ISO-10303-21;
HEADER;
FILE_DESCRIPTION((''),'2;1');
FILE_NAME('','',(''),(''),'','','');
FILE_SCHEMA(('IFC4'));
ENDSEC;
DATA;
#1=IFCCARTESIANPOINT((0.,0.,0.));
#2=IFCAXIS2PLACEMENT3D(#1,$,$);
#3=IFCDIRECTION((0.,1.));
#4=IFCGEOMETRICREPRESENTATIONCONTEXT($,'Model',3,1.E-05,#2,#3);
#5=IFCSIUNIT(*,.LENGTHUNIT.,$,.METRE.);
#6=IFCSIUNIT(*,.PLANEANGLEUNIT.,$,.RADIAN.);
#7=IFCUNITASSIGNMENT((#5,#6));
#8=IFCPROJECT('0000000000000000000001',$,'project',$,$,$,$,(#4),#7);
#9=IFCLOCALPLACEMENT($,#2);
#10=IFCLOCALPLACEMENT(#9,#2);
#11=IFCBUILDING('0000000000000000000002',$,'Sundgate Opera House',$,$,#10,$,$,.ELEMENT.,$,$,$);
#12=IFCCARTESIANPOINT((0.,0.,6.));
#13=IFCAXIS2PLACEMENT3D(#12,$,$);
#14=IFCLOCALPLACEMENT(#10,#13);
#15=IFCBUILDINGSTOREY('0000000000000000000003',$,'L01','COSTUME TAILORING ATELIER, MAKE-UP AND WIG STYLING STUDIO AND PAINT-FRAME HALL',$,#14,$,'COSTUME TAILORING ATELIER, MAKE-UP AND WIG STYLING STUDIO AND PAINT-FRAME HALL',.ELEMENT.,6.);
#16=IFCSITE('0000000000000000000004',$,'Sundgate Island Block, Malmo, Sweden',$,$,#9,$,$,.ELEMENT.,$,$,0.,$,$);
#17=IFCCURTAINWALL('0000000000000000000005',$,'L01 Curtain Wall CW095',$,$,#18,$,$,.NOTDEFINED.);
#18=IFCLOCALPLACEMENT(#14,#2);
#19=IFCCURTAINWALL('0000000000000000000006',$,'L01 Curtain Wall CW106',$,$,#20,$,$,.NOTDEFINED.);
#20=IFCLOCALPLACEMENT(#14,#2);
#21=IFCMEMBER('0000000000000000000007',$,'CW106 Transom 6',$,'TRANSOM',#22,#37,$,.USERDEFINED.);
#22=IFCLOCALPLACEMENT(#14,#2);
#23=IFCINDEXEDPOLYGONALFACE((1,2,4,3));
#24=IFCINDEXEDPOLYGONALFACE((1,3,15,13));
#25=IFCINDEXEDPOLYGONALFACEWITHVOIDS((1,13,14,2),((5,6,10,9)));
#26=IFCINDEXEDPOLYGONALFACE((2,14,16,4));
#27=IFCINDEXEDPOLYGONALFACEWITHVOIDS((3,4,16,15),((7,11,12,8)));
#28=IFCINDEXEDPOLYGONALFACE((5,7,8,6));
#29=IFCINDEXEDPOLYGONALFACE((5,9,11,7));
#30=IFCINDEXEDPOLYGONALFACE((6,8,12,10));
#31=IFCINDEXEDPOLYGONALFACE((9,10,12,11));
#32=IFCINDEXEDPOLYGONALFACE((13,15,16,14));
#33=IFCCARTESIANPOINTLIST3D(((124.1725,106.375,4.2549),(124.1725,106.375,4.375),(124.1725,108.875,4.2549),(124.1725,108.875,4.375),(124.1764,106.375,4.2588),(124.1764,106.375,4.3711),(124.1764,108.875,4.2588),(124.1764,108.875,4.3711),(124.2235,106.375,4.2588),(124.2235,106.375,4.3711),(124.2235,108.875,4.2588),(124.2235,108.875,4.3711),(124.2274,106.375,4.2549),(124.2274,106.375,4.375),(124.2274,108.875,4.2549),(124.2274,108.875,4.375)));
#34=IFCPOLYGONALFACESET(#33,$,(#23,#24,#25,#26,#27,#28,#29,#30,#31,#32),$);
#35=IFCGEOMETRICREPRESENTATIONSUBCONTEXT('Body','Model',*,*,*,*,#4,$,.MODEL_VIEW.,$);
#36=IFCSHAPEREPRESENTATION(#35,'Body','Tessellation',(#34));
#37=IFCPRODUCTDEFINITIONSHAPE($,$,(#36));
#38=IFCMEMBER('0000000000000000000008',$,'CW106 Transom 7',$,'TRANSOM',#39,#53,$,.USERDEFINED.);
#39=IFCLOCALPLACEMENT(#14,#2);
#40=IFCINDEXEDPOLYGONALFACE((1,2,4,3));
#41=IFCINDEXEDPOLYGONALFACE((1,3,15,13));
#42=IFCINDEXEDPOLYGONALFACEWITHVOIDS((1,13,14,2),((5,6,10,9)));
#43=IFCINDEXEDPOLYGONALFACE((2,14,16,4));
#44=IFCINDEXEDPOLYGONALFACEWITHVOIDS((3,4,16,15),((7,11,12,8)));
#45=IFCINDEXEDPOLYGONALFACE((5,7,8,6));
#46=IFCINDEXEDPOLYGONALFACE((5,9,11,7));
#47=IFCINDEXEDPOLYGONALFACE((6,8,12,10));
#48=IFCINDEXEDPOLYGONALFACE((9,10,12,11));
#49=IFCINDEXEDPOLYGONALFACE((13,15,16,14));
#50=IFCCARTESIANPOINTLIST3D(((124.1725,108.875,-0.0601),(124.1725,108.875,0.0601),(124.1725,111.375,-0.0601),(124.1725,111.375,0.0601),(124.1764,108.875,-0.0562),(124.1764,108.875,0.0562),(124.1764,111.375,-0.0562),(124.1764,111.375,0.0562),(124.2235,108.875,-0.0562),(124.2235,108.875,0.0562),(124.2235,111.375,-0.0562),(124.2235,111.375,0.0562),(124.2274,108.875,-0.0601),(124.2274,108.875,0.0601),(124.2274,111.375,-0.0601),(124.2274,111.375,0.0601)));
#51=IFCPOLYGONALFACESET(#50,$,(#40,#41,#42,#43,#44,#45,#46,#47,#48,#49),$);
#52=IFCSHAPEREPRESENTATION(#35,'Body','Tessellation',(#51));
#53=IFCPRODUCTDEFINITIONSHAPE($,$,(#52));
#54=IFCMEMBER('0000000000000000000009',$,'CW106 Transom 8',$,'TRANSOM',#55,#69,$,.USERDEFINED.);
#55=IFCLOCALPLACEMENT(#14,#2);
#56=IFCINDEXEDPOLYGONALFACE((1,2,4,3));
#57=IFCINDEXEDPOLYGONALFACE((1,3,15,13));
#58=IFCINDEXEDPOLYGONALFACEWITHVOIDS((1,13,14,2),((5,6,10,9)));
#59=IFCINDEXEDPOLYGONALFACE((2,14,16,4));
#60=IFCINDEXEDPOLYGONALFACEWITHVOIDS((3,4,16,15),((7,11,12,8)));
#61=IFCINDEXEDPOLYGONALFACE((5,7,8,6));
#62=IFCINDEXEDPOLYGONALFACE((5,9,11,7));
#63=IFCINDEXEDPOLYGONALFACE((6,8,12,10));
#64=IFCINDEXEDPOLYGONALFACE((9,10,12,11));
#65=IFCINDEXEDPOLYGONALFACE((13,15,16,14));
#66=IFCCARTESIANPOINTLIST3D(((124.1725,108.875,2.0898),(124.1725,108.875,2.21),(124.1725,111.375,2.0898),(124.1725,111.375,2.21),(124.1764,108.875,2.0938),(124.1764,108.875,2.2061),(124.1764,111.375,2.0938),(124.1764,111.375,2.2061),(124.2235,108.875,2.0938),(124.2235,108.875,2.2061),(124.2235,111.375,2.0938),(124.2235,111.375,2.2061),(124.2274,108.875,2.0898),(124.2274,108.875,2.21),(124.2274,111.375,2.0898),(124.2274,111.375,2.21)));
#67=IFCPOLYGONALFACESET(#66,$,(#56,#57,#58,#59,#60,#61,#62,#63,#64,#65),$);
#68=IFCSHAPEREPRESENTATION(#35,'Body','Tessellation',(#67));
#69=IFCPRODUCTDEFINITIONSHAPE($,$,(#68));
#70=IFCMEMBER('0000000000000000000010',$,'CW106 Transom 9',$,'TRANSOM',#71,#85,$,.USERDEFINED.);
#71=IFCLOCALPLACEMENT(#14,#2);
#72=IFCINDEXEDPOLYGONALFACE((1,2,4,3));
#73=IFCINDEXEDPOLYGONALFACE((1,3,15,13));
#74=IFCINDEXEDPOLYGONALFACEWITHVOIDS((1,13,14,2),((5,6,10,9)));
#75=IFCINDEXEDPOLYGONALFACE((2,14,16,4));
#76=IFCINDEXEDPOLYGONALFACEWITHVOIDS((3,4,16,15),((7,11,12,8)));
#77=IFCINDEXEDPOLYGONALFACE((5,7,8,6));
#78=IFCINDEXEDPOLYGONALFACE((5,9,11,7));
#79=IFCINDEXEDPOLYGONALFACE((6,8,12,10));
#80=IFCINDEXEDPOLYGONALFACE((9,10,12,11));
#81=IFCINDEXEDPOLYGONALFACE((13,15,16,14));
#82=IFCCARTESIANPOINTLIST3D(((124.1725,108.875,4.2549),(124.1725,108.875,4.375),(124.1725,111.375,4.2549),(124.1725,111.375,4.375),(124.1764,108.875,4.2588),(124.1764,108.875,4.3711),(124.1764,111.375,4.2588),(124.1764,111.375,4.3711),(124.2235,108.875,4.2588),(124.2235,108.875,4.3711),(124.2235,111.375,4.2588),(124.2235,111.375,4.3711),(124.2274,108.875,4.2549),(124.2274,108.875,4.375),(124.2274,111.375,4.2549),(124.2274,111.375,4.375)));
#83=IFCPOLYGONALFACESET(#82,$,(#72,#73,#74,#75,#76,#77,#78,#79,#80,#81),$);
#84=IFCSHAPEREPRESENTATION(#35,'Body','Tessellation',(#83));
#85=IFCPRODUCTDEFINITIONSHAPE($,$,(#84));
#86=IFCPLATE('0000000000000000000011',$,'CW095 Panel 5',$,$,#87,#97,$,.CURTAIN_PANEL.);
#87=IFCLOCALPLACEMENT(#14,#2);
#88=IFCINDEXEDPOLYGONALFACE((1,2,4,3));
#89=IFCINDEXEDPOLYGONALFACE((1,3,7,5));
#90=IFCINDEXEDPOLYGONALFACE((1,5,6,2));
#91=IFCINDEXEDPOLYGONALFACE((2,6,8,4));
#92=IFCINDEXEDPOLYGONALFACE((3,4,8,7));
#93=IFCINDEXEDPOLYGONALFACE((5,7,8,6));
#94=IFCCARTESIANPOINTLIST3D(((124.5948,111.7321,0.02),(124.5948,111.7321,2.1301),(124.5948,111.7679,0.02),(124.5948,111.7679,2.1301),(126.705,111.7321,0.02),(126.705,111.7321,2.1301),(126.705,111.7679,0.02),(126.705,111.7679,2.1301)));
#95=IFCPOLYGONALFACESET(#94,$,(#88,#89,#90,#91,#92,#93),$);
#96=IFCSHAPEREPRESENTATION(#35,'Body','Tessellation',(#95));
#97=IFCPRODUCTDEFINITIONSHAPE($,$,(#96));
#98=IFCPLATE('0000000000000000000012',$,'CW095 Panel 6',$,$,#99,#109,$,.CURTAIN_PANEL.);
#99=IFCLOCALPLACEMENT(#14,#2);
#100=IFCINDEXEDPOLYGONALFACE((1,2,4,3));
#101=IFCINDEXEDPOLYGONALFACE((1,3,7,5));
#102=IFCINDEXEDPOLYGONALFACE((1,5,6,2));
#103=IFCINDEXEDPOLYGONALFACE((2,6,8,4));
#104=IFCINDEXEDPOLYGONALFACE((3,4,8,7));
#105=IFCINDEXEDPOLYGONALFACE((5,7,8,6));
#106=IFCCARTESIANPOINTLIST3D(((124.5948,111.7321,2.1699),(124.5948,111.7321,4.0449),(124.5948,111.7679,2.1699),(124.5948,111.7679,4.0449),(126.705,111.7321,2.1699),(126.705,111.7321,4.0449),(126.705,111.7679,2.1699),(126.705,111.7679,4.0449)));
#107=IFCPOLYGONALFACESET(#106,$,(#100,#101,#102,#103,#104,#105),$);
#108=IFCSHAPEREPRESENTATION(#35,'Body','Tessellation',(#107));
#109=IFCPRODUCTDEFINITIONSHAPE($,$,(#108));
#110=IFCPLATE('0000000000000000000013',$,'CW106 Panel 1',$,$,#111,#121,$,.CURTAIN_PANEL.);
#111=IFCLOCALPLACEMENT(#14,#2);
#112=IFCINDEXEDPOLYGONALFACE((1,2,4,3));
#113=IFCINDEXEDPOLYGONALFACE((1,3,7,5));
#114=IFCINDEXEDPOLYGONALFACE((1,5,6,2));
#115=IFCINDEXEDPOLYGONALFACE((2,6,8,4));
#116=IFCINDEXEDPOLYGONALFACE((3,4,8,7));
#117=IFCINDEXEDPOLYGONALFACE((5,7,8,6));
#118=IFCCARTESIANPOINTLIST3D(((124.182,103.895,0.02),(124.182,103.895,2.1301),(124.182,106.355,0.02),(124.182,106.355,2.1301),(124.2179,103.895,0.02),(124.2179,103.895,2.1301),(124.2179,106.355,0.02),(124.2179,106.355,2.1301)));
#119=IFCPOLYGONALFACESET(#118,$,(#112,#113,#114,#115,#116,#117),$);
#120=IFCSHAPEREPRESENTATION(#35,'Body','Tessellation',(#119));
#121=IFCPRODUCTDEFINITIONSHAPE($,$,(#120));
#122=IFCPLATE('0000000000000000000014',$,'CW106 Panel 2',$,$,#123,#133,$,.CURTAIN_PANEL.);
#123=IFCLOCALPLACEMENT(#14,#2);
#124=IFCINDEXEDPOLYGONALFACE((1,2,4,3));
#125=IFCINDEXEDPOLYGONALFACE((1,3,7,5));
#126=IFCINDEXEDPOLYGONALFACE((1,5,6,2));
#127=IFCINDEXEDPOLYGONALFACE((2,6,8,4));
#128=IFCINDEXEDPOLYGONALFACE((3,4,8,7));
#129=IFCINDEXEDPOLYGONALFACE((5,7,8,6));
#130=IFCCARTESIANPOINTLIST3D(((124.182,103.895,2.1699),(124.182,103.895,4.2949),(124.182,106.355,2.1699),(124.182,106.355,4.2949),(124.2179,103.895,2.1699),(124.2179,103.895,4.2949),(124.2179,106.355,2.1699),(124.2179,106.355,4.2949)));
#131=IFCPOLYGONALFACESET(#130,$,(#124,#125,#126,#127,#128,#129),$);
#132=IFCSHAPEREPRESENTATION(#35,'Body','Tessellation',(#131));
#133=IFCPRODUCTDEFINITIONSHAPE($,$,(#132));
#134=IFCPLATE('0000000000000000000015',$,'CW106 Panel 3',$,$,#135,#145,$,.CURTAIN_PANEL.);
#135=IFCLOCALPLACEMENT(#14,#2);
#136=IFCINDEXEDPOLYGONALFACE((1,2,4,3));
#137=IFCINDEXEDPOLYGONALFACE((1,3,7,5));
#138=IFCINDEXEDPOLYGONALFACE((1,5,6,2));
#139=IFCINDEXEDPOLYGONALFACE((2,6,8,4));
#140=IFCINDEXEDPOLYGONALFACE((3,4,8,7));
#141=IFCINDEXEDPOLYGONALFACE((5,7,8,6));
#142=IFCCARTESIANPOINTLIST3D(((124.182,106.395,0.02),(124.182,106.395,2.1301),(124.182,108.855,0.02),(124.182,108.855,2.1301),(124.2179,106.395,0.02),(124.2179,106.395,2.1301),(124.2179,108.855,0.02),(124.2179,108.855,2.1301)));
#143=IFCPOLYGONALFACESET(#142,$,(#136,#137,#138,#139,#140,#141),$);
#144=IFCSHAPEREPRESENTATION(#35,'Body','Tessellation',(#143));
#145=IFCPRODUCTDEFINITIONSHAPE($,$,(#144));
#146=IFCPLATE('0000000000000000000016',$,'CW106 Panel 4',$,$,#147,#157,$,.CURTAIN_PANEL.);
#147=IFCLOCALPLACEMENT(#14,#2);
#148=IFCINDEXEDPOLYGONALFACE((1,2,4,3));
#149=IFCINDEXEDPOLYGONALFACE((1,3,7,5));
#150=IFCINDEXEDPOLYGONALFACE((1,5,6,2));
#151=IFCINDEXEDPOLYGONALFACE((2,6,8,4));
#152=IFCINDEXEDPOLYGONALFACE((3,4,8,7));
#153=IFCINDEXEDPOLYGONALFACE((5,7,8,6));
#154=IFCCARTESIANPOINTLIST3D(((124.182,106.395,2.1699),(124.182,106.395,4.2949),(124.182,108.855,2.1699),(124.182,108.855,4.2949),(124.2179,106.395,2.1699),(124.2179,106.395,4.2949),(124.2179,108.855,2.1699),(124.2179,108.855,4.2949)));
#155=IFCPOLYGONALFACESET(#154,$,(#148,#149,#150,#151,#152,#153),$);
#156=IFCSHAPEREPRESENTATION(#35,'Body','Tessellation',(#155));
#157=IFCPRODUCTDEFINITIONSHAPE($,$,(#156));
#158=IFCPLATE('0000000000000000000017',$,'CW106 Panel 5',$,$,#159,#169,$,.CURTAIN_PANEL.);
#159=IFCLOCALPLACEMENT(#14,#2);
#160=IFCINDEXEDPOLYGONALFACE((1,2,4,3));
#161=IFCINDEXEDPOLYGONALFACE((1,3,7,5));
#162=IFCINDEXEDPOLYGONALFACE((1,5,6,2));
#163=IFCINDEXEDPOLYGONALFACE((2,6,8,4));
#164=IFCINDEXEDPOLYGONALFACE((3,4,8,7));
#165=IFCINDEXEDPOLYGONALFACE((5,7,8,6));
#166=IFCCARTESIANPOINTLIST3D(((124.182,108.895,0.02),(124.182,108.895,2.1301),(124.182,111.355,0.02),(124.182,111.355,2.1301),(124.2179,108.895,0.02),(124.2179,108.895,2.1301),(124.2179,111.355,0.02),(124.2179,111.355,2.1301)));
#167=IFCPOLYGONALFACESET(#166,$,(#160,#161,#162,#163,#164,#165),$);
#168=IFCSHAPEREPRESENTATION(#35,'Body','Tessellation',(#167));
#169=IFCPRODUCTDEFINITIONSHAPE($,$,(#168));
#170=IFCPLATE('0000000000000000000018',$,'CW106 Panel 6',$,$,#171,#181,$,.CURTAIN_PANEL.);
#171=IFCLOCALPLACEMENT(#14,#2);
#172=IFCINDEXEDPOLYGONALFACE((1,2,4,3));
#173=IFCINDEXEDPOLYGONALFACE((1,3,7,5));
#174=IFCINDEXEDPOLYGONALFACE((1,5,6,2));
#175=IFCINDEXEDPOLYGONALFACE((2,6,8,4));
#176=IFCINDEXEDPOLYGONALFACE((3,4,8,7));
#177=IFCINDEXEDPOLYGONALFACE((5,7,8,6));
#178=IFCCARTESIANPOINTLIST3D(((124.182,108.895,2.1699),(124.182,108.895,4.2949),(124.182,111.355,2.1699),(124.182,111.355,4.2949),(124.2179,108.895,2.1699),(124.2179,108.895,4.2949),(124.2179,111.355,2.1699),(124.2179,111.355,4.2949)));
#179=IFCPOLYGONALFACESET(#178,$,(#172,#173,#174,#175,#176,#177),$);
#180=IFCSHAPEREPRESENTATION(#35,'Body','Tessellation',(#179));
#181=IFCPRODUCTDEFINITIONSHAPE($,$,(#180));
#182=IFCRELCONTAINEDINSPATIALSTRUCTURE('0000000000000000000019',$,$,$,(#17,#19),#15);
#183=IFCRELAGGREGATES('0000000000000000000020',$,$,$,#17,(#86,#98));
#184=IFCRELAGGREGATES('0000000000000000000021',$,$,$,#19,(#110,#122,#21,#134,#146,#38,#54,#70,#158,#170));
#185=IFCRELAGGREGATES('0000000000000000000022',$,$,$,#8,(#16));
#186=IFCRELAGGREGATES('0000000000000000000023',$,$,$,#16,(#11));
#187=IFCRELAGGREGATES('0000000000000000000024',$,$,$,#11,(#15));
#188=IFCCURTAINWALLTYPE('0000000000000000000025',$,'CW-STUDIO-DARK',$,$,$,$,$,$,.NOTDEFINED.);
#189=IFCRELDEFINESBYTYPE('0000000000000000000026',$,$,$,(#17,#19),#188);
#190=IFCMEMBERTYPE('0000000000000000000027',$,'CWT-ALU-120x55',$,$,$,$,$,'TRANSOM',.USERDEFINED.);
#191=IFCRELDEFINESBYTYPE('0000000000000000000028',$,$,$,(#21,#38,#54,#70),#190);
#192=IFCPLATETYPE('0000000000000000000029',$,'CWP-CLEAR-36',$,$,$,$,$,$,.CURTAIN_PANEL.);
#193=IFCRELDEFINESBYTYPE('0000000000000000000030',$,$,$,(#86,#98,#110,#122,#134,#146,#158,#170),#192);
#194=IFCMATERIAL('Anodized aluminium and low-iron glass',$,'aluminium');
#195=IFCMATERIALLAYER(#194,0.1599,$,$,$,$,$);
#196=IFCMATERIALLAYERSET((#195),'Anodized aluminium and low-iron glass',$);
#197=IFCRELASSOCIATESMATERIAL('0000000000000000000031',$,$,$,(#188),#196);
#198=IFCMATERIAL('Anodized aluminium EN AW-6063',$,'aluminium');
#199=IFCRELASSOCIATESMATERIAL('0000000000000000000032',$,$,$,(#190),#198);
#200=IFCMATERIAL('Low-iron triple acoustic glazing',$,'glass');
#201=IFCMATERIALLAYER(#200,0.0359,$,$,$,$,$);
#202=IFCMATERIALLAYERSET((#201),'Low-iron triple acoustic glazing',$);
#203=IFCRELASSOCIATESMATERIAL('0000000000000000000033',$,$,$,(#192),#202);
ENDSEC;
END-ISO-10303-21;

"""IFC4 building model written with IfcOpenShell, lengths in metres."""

from ifc_helpers import new_model, si_unit, direction, frame, origin, origin_2d, place, context, subcontext, project, spatial, rectangle, hollow_rectangle, extrude, material, layer, layer_set, material_profile, profile_set, type_object, element, aggregate, save


model = new_model("IFC4")

# Units and contexts
model_context = context("Model", 3, precision=1e-05, world=origin(), true_north=direction((0.0, 1.0)))
body_context = subcontext(model_context, "Body", "Model", "MODEL_VIEW")
ifc_project = project(units=[si_unit("LENGTHUNIT", "METRE"), si_unit("PLANEANGLEUNIT", "RADIAN")], contexts=[model_context])

# Site, building, storey
site_placement = place(None, origin())
site = spatial("IfcSite", under=ifc_project, at=site_placement, Name="Sundgate Island Block, Malmo, Sweden", CompositionType="ELEMENT", RefElevation=0.0)
building_placement = place(site_placement, origin())
building = spatial("IfcBuilding", under=site, at=building_placement, Name="Sundgate Opera House", CompositionType="ELEMENT")
storey_placement = place(building_placement, frame((0.0, 0.0, 6.0)))
storey = spatial("IfcBuildingStorey", under=building, at=storey_placement, Name="L01", Description="COSTUME TAILORING ATELIER, MAKE-UP AND WIG STYLING STUDIO AND PAINT-FRAME HALL", LongName="COSTUME TAILORING ATELIER, MAKE-UP AND WIG STYLING STUDIO AND PAINT-FRAME HALL", CompositionType="ELEMENT", Elevation=6.0)

# Curtain walls, members
ifc_material_1 = material(Name="Anodized aluminium and low-iron glass", Category="aluminium")
ifc_layer_1 = layer(ifc_material_1, 0.1599)
ifc_layer_set_1 = layer_set([ifc_layer_1], Name="Anodized aluminium and low-iron glass")
curtain_wall_type = type_object("IfcCurtainWallType", Name="CW-STUDIO-DARK", PredefinedType="NOTDEFINED", material=ifc_layer_set_1)
curtain_wall_1_placement = place(storey_placement, origin())
curtain_wall_1 = element("IfcCurtainWall", 1, at=curtain_wall_1_placement, inside=storey, type_object=curtain_wall_type, Name="L01 Curtain Wall CW095", PredefinedType="NOTDEFINED")
curtain_wall_2_placement = place(storey_placement, origin())
curtain_wall_2 = element("IfcCurtainWall", 2, at=curtain_wall_2_placement, inside=storey, type_object=curtain_wall_type, Name="L01 Curtain Wall CW106", PredefinedType="NOTDEFINED")
ifc_material_2 = material(Name="Anodized aluminium EN AW-6063", Category="aluminium")
ifc_material_profile_1 = material_profile(ifc_material_2, hollow_rectangle(XDim=0.0549, YDim=0.1201, WallThickness=0.0039, at=origin_2d()), Name="CWT 120x55x4")
ifc_profile_set_1 = profile_set([ifc_material_profile_1], Name="Anodized aluminium EN AW-6063")
member_type_1 = type_object("IfcMemberType", Name="CWT-ALU-120x55", ElementType="TRANSOM", PredefinedType="USERDEFINED", material=ifc_profile_set_1)
member_1_placement = place(storey_placement, frame((124.2, 106.375, 4.3149), z_axis=(0.0, 1.0, 0.0), x_axis=(-1.0, 0.0, 0.0)))
member_1 = element("IfcMember", 3, at=member_1_placement, type_object=member_type_1, Name="CW106 Transom 6", ObjectType="TRANSOM", PredefinedType="USERDEFINED", context=body_context, shape_type="SweptSolid", body=[
    extrude(hollow_rectangle(XDim=0.0549, YDim=0.1201, WallThickness=0.0039, at=origin_2d()), origin(), (0.0, 0.0, 1.0), 2.5),
])
member_2_placement = place(storey_placement, frame((124.2, 108.875, 0.0), z_axis=(0.0, 1.0, 0.0), x_axis=(-1.0, 0.0, 0.0)))
member_2 = element("IfcMember", 4, at=member_2_placement, type_object=member_type_1, Name="CW106 Transom 7", ObjectType="TRANSOM", PredefinedType="USERDEFINED", context=body_context, shape_type="SweptSolid", body=[
    extrude(hollow_rectangle(XDim=0.0549, YDim=0.1201, WallThickness=0.0039, at=origin_2d()), origin(), (0.0, 0.0, 1.0), 2.5),
])
member_3_placement = place(storey_placement, frame((124.2, 108.875, 2.1499), z_axis=(0.0, 1.0, 0.0), x_axis=(-1.0, 0.0, 0.0)))
member_3 = element("IfcMember", 5, at=member_3_placement, type_object=member_type_1, Name="CW106 Transom 8", ObjectType="TRANSOM", PredefinedType="USERDEFINED", context=body_context, shape_type="SweptSolid", body=[
    extrude(hollow_rectangle(XDim=0.0549, YDim=0.1201, WallThickness=0.0039, at=origin_2d()), origin(), (0.0, 0.0, 1.0), 2.5),
])
member_4_placement = place(storey_placement, frame((124.2, 108.875, 4.3149), z_axis=(0.0, 1.0, 0.0), x_axis=(-1.0, 0.0, 0.0)))
member_4 = element("IfcMember", 6, at=member_4_placement, type_object=member_type_1, Name="CW106 Transom 9", ObjectType="TRANSOM", PredefinedType="USERDEFINED", context=body_context, shape_type="SweptSolid", body=[
    extrude(hollow_rectangle(XDim=0.0549, YDim=0.1201, WallThickness=0.0039, at=origin_2d()), origin(), (0.0, 0.0, 1.0), 2.5),
])

# Plates
ifc_material_3 = material(Name="Low-iron triple acoustic glazing", Category="glass")
ifc_layer_2 = layer(ifc_material_3, 0.0359)
ifc_layer_set_2 = layer_set([ifc_layer_2], Name="Low-iron triple acoustic glazing")
plate_type = type_object("IfcPlateType", Name="CWP-CLEAR-36", PredefinedType="CURTAIN_PANEL", material=ifc_layer_set_2)
plate_1_placement = place(storey_placement, frame((125.6499, 111.75, 0.02), z_axis=(0.0, 0.0, 1.0), x_axis=(-1.0, 0.0, 0.0)))
plate_1 = element("IfcPlate", 7, at=plate_1_placement, type_object=plate_type, Name="CW095 Panel 5", PredefinedType="CURTAIN_PANEL", context=body_context, shape_type="SweptSolid", body=[
    extrude(rectangle(XDim=2.1101, YDim=0.0359, at=origin_2d()), origin(), (0.0, 0.0, 1.0), 2.1101),
])
plate_2_placement = place(storey_placement, frame((125.6499, 111.75, 2.1699), z_axis=(0.0, 0.0, 1.0), x_axis=(-1.0, 0.0, 0.0)))
plate_2 = element("IfcPlate", 8, at=plate_2_placement, type_object=plate_type, Name="CW095 Panel 6", PredefinedType="CURTAIN_PANEL", context=body_context, shape_type="SweptSolid", body=[
    extrude(rectangle(XDim=2.1101, YDim=0.0359, at=origin_2d()), origin(), (0.0, 0.0, 1.0), 1.875),
])
aggregate(curtain_wall_1, [plate_1, plate_2])
plate_3_placement = place(storey_placement, frame((124.2, 105.125, 0.02), z_axis=(0.0, 0.0, 1.0), x_axis=(0.0, 1.0, 0.0)))
plate_3 = element("IfcPlate", 9, at=plate_3_placement, type_object=plate_type, Name="CW106 Panel 1", PredefinedType="CURTAIN_PANEL", context=body_context, shape_type="SweptSolid", body=[
    extrude(rectangle(XDim=2.46, YDim=0.0359, at=origin_2d()), origin(), (0.0, 0.0, 1.0), 2.1101),
])
plate_4_placement = place(storey_placement, frame((124.2, 105.125, 2.1699), z_axis=(0.0, 0.0, 1.0), x_axis=(0.0, 1.0, 0.0)))
plate_4 = element("IfcPlate", 10, at=plate_4_placement, type_object=plate_type, Name="CW106 Panel 2", PredefinedType="CURTAIN_PANEL", context=body_context, shape_type="SweptSolid", body=[
    extrude(rectangle(XDim=2.46, YDim=0.0359, at=origin_2d()), origin(), (0.0, 0.0, 1.0), 2.125),
])
plate_5_placement = place(storey_placement, frame((124.2, 107.625, 0.02), z_axis=(0.0, 0.0, 1.0), x_axis=(0.0, 1.0, 0.0)))
plate_5 = element("IfcPlate", 11, at=plate_5_placement, type_object=plate_type, Name="CW106 Panel 3", PredefinedType="CURTAIN_PANEL", context=body_context, shape_type="SweptSolid", body=[
    extrude(rectangle(XDim=2.46, YDim=0.0359, at=origin_2d()), origin(), (0.0, 0.0, 1.0), 2.1101),
])
plate_6_placement = place(storey_placement, frame((124.2, 107.625, 2.1699), z_axis=(0.0, 0.0, 1.0), x_axis=(0.0, 1.0, 0.0)))
plate_6 = element("IfcPlate", 12, at=plate_6_placement, type_object=plate_type, Name="CW106 Panel 4", PredefinedType="CURTAIN_PANEL", context=body_context, shape_type="SweptSolid", body=[
    extrude(rectangle(XDim=2.46, YDim=0.0359, at=origin_2d()), origin(), (0.0, 0.0, 1.0), 2.125),
])
plate_7_placement = place(storey_placement, frame((124.2, 110.125, 0.02), z_axis=(0.0, 0.0, 1.0), x_axis=(0.0, 1.0, 0.0)))
plate_7 = element("IfcPlate", 13, at=plate_7_placement, type_object=plate_type, Name="CW106 Panel 5", PredefinedType="CURTAIN_PANEL", context=body_context, shape_type="SweptSolid", body=[
    extrude(rectangle(XDim=2.46, YDim=0.0359, at=origin_2d()), origin(), (0.0, 0.0, 1.0), 2.1101),
])
plate_8_placement = place(storey_placement, frame((124.2, 110.125, 2.1699), z_axis=(0.0, 0.0, 1.0), x_axis=(0.0, 1.0, 0.0)))
plate_8 = element("IfcPlate", 14, at=plate_8_placement, type_object=plate_type, Name="CW106 Panel 6", PredefinedType="CURTAIN_PANEL", context=body_context, shape_type="SweptSolid", body=[
    extrude(rectangle(XDim=2.46, YDim=0.0359, at=origin_2d()), origin(), (0.0, 0.0, 1.0), 2.125),
])
aggregate(curtain_wall_2, [plate_3, plate_4, member_1, plate_5, plate_6, member_2, member_3, member_4, plate_7, plate_8])

save(model, "model.ifc")
